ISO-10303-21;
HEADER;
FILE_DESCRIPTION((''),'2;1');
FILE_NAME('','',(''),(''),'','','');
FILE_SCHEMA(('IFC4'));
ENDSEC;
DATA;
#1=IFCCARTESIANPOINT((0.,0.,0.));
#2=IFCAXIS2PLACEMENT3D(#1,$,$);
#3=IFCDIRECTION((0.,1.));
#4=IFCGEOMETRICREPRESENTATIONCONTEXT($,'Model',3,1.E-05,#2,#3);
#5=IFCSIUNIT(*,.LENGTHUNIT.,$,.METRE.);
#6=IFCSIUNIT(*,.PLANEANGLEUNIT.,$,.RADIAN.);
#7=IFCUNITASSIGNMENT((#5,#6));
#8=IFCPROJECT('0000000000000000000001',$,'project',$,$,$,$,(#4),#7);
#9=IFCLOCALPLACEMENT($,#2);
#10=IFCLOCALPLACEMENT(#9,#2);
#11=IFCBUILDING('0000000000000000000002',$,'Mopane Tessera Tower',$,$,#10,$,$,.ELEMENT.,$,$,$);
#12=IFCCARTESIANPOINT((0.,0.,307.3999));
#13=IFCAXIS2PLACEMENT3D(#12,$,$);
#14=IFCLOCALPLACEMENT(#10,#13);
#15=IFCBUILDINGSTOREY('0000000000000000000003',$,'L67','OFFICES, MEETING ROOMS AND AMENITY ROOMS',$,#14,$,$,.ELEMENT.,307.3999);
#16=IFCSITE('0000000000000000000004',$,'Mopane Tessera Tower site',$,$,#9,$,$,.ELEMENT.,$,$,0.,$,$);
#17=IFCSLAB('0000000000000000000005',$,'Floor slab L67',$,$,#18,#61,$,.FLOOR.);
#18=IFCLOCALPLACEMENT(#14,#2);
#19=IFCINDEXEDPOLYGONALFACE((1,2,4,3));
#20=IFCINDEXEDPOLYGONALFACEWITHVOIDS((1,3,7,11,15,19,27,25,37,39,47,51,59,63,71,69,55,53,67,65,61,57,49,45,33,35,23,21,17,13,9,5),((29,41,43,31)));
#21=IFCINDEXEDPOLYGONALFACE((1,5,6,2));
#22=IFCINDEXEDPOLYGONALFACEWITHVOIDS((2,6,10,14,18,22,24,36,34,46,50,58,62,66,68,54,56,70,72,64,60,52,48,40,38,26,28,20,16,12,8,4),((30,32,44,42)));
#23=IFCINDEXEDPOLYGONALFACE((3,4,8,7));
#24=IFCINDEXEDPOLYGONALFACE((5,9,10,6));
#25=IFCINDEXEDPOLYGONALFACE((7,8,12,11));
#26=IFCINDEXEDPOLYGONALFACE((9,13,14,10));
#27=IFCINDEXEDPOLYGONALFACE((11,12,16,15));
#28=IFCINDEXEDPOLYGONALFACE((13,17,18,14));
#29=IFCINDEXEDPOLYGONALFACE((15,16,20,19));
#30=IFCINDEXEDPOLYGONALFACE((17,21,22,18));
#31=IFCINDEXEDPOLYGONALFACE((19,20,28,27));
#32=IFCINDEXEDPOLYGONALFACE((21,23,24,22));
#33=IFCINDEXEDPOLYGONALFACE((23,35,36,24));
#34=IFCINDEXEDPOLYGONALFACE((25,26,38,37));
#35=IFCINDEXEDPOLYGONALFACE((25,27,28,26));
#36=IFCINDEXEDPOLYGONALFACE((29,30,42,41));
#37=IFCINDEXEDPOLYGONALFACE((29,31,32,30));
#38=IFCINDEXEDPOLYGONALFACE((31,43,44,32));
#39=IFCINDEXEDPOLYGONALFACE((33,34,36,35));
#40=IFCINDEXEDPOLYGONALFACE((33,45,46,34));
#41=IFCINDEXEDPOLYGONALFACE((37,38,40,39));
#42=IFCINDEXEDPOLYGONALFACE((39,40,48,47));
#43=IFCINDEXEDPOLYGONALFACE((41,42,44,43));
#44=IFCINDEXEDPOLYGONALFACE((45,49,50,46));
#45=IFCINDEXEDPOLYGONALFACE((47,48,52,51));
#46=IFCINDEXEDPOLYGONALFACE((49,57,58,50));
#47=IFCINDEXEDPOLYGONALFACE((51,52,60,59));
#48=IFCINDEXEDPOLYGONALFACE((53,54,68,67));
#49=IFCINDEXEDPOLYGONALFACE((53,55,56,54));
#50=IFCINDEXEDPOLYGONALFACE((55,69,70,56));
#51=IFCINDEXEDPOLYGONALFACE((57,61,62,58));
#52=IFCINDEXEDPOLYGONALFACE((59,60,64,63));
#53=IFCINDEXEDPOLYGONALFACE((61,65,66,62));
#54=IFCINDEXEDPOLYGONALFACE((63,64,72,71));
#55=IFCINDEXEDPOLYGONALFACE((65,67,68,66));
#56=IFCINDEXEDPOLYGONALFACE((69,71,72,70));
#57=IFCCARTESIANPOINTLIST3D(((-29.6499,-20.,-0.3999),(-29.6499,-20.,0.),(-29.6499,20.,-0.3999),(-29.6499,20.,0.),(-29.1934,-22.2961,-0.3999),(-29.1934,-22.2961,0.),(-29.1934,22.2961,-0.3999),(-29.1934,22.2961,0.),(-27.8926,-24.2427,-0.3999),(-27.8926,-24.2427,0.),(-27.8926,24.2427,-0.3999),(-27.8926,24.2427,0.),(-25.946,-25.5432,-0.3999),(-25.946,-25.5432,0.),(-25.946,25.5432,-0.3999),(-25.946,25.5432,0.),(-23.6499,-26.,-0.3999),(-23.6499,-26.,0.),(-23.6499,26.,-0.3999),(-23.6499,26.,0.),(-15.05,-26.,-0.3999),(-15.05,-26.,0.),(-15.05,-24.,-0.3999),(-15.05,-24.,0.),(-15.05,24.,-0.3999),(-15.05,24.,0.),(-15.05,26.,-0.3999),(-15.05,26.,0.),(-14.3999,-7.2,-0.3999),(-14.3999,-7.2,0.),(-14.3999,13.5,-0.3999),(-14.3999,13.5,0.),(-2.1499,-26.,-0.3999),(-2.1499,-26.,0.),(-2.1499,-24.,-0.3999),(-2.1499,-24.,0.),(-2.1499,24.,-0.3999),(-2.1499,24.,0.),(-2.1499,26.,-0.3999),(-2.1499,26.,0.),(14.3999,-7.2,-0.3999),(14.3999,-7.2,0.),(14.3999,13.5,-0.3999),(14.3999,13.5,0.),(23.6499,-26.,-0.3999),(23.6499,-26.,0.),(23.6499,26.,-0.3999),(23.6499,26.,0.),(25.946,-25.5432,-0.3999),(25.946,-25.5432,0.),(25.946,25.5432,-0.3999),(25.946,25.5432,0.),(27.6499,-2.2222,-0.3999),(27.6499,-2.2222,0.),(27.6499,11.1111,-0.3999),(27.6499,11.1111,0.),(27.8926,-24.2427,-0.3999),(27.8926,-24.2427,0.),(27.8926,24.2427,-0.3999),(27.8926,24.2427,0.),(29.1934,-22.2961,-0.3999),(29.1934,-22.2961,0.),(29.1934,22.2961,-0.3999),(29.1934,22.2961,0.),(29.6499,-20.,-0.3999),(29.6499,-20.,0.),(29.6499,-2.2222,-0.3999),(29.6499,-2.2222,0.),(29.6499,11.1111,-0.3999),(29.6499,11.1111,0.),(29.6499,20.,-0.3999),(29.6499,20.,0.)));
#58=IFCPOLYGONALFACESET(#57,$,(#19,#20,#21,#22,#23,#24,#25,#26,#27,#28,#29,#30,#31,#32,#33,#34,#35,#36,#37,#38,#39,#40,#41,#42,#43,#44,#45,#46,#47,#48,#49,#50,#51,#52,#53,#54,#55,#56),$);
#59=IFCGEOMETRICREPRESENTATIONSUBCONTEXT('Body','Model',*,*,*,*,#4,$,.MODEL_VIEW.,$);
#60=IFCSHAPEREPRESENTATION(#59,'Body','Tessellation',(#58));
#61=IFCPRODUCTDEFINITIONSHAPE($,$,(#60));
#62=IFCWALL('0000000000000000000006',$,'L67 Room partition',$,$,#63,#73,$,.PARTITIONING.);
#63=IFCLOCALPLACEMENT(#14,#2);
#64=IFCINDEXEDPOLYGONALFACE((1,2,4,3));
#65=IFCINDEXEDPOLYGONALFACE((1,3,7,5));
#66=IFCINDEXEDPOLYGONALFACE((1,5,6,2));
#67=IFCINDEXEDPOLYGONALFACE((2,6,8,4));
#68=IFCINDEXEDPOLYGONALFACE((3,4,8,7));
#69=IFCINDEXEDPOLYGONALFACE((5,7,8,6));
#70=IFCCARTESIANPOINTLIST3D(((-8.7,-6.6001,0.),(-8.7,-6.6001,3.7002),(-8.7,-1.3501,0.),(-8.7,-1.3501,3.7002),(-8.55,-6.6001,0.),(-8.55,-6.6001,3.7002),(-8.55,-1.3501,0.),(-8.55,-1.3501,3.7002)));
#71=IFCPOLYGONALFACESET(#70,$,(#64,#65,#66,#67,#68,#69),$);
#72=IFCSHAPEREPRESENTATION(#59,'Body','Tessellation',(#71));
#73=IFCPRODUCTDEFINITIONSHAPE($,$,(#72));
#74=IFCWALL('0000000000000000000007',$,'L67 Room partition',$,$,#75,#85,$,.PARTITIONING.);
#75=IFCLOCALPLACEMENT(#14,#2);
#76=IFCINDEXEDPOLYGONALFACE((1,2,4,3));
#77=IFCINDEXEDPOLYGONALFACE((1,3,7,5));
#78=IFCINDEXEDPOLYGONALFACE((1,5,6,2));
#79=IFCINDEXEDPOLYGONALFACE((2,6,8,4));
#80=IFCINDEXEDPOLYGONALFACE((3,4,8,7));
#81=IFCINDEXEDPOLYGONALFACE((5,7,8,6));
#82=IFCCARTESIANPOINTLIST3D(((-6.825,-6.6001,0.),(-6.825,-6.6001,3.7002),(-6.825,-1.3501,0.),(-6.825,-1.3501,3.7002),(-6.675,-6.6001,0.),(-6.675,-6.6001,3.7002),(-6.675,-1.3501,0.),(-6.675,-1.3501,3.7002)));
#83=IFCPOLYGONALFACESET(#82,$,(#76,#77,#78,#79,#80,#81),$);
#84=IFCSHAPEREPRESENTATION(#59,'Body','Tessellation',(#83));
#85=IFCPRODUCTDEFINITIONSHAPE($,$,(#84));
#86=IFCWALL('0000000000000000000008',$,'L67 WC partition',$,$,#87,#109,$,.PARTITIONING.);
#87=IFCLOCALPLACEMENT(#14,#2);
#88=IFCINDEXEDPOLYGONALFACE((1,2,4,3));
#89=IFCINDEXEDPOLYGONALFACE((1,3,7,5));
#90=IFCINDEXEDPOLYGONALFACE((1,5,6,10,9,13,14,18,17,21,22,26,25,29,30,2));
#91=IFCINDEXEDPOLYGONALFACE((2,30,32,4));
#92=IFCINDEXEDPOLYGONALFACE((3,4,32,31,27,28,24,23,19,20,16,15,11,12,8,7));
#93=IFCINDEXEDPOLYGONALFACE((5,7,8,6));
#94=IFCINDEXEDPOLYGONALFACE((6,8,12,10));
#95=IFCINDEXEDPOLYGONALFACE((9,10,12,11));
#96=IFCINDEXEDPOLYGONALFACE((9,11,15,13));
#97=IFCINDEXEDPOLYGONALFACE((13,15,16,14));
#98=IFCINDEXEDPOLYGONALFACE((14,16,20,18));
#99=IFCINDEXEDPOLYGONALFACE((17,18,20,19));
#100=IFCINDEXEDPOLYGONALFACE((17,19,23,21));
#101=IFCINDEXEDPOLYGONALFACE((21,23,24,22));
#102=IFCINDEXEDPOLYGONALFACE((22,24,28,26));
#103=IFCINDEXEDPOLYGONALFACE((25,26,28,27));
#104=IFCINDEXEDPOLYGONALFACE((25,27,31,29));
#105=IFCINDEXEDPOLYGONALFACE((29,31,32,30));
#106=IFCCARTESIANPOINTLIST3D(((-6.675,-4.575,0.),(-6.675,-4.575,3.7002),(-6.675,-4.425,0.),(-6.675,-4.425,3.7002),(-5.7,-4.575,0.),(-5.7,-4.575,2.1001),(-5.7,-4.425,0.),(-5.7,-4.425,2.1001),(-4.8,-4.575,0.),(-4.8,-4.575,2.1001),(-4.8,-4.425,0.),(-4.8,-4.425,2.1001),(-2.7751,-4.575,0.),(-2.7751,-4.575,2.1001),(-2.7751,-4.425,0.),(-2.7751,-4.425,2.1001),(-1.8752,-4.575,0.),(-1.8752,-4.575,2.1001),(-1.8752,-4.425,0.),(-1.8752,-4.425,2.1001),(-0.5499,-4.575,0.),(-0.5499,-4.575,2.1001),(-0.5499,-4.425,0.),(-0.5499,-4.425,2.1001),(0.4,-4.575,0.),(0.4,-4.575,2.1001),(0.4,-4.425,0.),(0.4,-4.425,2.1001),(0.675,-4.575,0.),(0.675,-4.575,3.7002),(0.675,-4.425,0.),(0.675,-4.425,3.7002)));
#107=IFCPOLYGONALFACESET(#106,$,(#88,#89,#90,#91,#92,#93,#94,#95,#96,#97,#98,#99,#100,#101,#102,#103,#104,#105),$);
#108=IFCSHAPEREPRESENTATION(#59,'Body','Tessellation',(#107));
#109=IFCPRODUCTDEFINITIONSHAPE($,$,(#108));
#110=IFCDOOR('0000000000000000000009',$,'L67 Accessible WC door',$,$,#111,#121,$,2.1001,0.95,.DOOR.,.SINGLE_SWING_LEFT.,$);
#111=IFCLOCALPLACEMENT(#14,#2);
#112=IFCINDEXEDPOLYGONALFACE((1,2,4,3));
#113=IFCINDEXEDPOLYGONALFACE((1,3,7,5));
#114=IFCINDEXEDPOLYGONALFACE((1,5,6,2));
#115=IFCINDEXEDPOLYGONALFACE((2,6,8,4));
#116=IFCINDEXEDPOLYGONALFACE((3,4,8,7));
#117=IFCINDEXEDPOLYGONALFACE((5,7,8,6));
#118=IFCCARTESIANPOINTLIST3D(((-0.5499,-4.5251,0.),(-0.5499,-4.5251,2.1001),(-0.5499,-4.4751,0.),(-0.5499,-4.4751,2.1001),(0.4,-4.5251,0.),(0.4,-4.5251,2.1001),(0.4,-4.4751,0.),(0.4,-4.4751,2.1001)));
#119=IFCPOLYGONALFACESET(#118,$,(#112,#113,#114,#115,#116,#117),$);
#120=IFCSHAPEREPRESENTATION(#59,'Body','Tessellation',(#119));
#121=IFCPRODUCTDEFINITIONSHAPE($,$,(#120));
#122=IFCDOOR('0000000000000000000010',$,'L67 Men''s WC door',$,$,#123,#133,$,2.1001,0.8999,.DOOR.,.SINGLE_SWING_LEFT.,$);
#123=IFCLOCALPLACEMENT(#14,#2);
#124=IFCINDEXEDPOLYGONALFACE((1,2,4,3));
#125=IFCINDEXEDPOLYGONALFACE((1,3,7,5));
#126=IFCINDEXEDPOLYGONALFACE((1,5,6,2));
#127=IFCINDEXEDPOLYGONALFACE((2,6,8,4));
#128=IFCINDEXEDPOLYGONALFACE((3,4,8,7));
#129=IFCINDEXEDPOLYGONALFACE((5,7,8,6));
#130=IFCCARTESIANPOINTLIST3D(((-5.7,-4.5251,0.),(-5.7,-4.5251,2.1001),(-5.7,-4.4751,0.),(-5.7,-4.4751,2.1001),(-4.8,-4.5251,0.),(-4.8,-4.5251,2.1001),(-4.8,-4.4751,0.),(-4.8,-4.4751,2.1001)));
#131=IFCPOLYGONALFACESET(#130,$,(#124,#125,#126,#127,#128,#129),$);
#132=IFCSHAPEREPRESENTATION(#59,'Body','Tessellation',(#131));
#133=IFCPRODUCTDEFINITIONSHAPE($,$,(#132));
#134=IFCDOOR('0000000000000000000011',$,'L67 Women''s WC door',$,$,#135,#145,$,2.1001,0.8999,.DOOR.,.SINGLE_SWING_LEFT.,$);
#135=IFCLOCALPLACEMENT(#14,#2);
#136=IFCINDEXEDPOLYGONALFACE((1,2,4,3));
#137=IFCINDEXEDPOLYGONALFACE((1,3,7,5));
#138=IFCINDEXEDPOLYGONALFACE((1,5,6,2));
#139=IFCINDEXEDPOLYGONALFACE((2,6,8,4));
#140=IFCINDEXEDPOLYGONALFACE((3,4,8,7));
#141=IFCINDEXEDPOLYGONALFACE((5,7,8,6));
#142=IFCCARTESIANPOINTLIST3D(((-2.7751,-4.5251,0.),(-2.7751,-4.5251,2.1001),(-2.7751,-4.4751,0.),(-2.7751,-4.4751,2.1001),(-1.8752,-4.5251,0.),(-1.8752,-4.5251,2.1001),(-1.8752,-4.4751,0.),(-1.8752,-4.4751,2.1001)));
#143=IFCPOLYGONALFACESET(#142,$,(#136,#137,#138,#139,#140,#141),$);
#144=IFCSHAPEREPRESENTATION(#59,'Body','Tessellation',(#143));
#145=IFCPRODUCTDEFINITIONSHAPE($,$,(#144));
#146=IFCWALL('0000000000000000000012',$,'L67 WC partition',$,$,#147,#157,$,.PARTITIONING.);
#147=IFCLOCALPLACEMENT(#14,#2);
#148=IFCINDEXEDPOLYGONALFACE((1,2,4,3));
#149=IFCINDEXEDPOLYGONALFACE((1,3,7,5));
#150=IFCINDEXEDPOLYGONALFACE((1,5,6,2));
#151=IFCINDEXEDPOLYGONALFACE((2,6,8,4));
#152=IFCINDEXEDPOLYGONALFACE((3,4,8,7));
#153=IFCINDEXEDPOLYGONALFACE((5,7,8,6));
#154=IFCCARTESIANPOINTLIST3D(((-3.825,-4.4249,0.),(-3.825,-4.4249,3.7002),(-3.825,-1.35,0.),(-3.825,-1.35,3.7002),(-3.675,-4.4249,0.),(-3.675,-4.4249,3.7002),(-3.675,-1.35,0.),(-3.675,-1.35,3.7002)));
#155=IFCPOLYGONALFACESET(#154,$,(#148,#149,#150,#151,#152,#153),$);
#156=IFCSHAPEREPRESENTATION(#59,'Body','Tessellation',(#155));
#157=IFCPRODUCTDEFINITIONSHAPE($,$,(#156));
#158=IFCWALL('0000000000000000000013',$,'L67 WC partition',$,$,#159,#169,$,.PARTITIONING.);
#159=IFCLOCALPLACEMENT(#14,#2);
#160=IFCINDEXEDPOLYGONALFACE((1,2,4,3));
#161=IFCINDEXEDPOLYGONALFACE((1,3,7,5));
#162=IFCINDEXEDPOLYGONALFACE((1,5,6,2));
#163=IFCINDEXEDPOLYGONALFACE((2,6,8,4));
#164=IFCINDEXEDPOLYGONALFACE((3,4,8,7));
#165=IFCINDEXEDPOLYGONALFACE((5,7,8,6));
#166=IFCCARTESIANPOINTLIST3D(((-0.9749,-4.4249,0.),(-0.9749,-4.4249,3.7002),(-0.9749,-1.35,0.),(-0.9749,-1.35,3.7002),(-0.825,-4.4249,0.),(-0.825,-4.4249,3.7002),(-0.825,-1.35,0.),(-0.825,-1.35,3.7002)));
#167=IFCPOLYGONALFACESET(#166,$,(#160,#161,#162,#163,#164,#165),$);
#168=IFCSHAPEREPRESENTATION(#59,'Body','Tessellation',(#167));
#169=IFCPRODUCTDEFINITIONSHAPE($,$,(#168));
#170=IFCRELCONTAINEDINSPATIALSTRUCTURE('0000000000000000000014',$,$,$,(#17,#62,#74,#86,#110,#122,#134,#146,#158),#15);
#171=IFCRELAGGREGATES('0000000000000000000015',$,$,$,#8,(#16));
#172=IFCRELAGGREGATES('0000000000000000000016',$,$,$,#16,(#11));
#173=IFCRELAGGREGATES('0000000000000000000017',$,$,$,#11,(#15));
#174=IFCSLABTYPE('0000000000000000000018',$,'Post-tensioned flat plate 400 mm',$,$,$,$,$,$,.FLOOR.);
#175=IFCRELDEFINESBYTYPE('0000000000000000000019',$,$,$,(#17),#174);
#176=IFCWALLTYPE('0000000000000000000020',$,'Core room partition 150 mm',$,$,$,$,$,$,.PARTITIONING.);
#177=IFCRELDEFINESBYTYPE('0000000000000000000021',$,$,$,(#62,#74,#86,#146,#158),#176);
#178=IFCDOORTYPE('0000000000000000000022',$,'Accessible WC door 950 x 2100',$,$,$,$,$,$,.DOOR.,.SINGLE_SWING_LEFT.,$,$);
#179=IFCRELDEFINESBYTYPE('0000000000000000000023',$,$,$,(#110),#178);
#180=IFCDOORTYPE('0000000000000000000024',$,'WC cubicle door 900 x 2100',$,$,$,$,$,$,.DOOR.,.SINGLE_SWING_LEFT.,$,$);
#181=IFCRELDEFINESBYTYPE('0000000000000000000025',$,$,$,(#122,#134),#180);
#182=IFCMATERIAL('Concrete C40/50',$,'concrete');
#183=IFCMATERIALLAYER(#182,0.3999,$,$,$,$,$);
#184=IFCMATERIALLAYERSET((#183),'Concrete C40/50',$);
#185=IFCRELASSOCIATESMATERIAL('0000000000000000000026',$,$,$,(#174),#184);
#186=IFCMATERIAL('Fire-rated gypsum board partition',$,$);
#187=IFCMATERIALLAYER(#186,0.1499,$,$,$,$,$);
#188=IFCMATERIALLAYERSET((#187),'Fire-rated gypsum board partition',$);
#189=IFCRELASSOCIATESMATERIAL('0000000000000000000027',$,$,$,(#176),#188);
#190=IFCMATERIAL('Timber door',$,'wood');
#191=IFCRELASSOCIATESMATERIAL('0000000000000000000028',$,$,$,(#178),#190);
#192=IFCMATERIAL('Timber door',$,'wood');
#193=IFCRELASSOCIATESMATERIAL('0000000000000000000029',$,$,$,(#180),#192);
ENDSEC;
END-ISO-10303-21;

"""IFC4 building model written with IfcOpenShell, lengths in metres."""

from ifc_helpers import new_model, si_unit, direction, frame, frame_2d, origin, place, context, subcontext, project, spatial, polyline, rectangle, outline, extrude, material, layer, layer_set, type_object, element, fill, save


model = new_model("IFC4")

# Units and contexts
model_context = context("Model", 3, precision=1e-05, world=origin(), true_north=direction((0.0, 1.0)))
body_context = subcontext(model_context, "Body", "Model", "MODEL_VIEW")
ifc_project = project(units=[si_unit("LENGTHUNIT", "METRE"), si_unit("PLANEANGLEUNIT", "RADIAN")], contexts=[model_context])

# Site, building, storey
site_placement = place(None, origin())
site = spatial("IfcSite", under=ifc_project, at=site_placement, Name="Mopane Tessera Tower site", CompositionType="ELEMENT", RefElevation=0.0)
building_placement = place(site_placement, origin())
building = spatial("IfcBuilding", under=site, at=building_placement, Name="Mopane Tessera Tower", CompositionType="ELEMENT")
storey_placement = place(building_placement, frame((0.0, 0.0, 307.3999)))
storey = spatial("IfcBuildingStorey", under=building, at=storey_placement, Name="L67", Description="OFFICES, MEETING ROOMS AND AMENITY ROOMS", CompositionType="ELEMENT", Elevation=307.3999)

# Slab
ifc_material_1 = material(Name="Concrete C40/50", Category="concrete")
ifc_layer_1 = layer(ifc_material_1, 0.3999)
ifc_layer_set_1 = layer_set([ifc_layer_1], Name="Concrete C40/50")
slab_type = type_object("IfcSlabType", Name="Post-tensioned flat plate 400 mm", PredefinedType="FLOOR", material=ifc_layer_set_1)
slab_placement = place(storey_placement, frame((0.0, 0.0, -0.3999)))
element("IfcSlab", 1, at=slab_placement, inside=storey, type_object=slab_type, Name="Floor slab L67", PredefinedType="FLOOR", context=body_context, shape_type="SweptSolid", body=[
    extrude(outline(polyline([(-23.6499, -26.0), (-15.05, -26.0), (-15.05, -24.0), (-2.1499, -24.0), (-2.1499, -26.0), (23.6499, -26.0), (25.946, -25.5432), (27.8926, -24.2427), (29.1934, -22.2961), (29.6499, -20.0), (29.6499, -2.2222), (27.6499, -2.2222), (27.6499, 11.1111), (29.6499, 11.1111), (29.6499, 20.0), (29.1934, 22.2961), (27.8926, 24.2427), (25.946, 25.5432), (23.6499, 26.0), (-2.1499, 26.0), (-2.1499, 24.0), (-15.05, 24.0), (-15.05, 26.0), (-23.6499, 26.0), (-25.946, 25.5432), (-27.8926, 24.2427), (-29.1934, 22.2961), (-29.6499, 20.0), (-29.6499, -20.0), (-29.1934, -22.2961), (-27.8926, -24.2427), (-25.946, -25.5432), (-23.6499, -26.0)]), holes=[polyline([(14.3999, -7.2), (-14.3999, -7.2), (-14.3999, 13.5), (14.3999, 13.5), (14.3999, -7.2)])]), origin(), (0.0, 0.0, 1.0), 0.3999),
])

# Walls
ifc_material_2 = material(Name="Fire-rated gypsum board partition")
ifc_layer_2 = layer(ifc_material_2, 0.1499)
ifc_layer_set_2 = layer_set([ifc_layer_2], Name="Fire-rated gypsum board partition")
wall_type_1 = type_object("IfcWallType", Name="Core room partition 150 mm", PredefinedType="PARTITIONING", material=ifc_layer_set_2)
for number, where, z_axis, x_axis, name in (
    (2, (-8.625, -6.6001, 0.0), (0.0, 0.0, 1.0), (0.0, 1.0, 0.0), "L67 Room partition"),
    (3, (-6.75, -6.6001, 0.0), (0.0, 0.0, 1.0), (0.0, 1.0, 0.0), "L67 Room partition"),
):
    element("IfcWall", number, at=place(storey_placement, frame(where, z_axis=z_axis, x_axis=x_axis)), inside=storey, type_object=wall_type_1, Name=name, PredefinedType="PARTITIONING", context=body_context, shape_type="SweptSolid", body=[
        extrude(rectangle(XDim=5.25, YDim=0.1499, at=frame_2d((2.625, 0.0))), origin(), (0.0, 0.0, 1.0), 3.7002),
    ])

# Wall, openings, doors
wall_1_placement = place(storey_placement, frame((-6.675, -4.5, 0.0), z_axis=(0.0, 0.0, 1.0), x_axis=(1.0, 0.0, 0.0)))
wall_1 = element("IfcWall", 4, at=wall_1_placement, inside=storey, type_object=wall_type_1, Name="L67 WC partition", PredefinedType="PARTITIONING", context=body_context, shape_type="SweptSolid", body=[
    extrude(rectangle(XDim=7.3501, YDim=0.1499, at=frame_2d((3.675, 0.0))), origin(), (0.0, 0.0, 1.0), 3.7002),
])
opening_1_placement = place(wall_1_placement, frame((0.9751, 0.0, 0.0)))
opening_1 = element("IfcOpeningElement", 5, at=opening_1_placement, cuts=wall_1, PredefinedType="OPENING", context=body_context, shape_type="SweptSolid", body=[
    extrude(rectangle(XDim=0.8999, YDim=2.1001, at=frame_2d((0.45, 1.05))), frame((0.0, 0.0869, 0.0), z_axis=(0.0, -1.0, 0.0), x_axis=(1.0, 0.0, 0.0)), (0.0, 0.0, 1.0), 0.1738),
])
opening_2_placement = place(wall_1_placement, frame((3.8999, 0.0, 0.0)))
opening_2 = element("IfcOpeningElement", 6, at=opening_2_placement, cuts=wall_1, PredefinedType="OPENING", context=body_context, shape_type="SweptSolid", body=[
    extrude(rectangle(XDim=0.8999, YDim=2.1001, at=frame_2d((0.45, 1.05))), frame((0.0, 0.0869, 0.0), z_axis=(0.0, -1.0, 0.0), x_axis=(1.0, 0.0, 0.0)), (0.0, 0.0, 1.0), 0.1738),
])
opening_3_placement = place(wall_1_placement, frame((6.125, 0.0, 0.0)))
opening_3 = element("IfcOpeningElement", 7, at=opening_3_placement, cuts=wall_1, PredefinedType="OPENING", context=body_context, shape_type="SweptSolid", body=[
    extrude(rectangle(XDim=0.95, YDim=2.1001, at=frame_2d((0.4751, 1.05))), frame((0.0, 0.0869, 0.0), z_axis=(0.0, -1.0, 0.0), x_axis=(1.0, 0.0, 0.0)), (0.0, 0.0, 1.0), 0.1738),
])
ifc_material_3 = material(Name="Timber door", Category="wood")
door_type_1 = type_object("IfcDoorType", Name="Accessible WC door 950 x 2100", OperationType="SINGLE_SWING_LEFT", PredefinedType="DOOR", material=ifc_material_3)
door_1_placement = place(opening_3_placement, origin())
door_1 = element("IfcDoor", 8, at=door_1_placement, inside=storey, type_object=door_type_1, Name="L67 Accessible WC door", OperationType="SINGLE_SWING_LEFT", OverallHeight=2.1001, OverallWidth=0.95, PredefinedType="DOOR", context=body_context, shape_type="SweptSolid", body=[
    extrude(rectangle(XDim=0.95, YDim=2.1001, at=frame_2d((0.4751, 1.05))), frame((0.0, 0.0249, 0.0), z_axis=(0.0, -1.0, 0.0), x_axis=(1.0, 0.0, 0.0)), (0.0, 0.0, 1.0), 0.05),
])
fill(opening_3, door_1)
ifc_material_4 = material(Name="Timber door", Category="wood")
door_type_2 = type_object("IfcDoorType", Name="WC cubicle door 900 x 2100", OperationType="SINGLE_SWING_LEFT", PredefinedType="DOOR", material=ifc_material_4)
door_2_placement = place(opening_1_placement, origin())
door_2 = element("IfcDoor", 9, at=door_2_placement, inside=storey, type_object=door_type_2, Name="L67 Men's WC door", OperationType="SINGLE_SWING_LEFT", OverallHeight=2.1001, OverallWidth=0.8999, PredefinedType="DOOR", context=body_context, shape_type="SweptSolid", body=[
    extrude(rectangle(XDim=0.8999, YDim=2.1001, at=frame_2d((0.45, 1.05))), frame((0.0, 0.0249, 0.0), z_axis=(0.0, -1.0, 0.0), x_axis=(1.0, 0.0, 0.0)), (0.0, 0.0, 1.0), 0.05),
])
fill(opening_1, door_2)
door_3_placement = place(opening_2_placement, origin())
door_3 = element("IfcDoor", 10, at=door_3_placement, inside=storey, type_object=door_type_2, Name="L67 Women's WC door", OperationType="SINGLE_SWING_LEFT", OverallHeight=2.1001, OverallWidth=0.8999, PredefinedType="DOOR", context=body_context, shape_type="SweptSolid", body=[
    extrude(rectangle(XDim=0.8999, YDim=2.1001, at=frame_2d((0.45, 1.05))), frame((0.0, 0.0249, 0.0), z_axis=(0.0, -1.0, 0.0), x_axis=(1.0, 0.0, 0.0)), (0.0, 0.0, 1.0), 0.05),
])
fill(opening_2, door_3)

# Walls
for number, where, z_axis, x_axis, name in (
    (11, (-3.75, -4.425, 0.0), (0.0, 0.0, 1.0), (0.0, 1.0, 0.0), "L67 WC partition"),
    (12, (-0.8999, -4.425, 0.0), (0.0, 0.0, 1.0), (0.0, 1.0, 0.0), "L67 WC partition"),
):
    element("IfcWall", number, at=place(storey_placement, frame(where, z_axis=z_axis, x_axis=x_axis)), inside=storey, type_object=wall_type_1, Name=name, PredefinedType="PARTITIONING", context=body_context, shape_type="SweptSolid", body=[
        extrude(rectangle(XDim=3.075, YDim=0.1499, at=frame_2d((1.5376, 0.0))), origin(), (0.0, 0.0, 1.0), 3.7002),
    ])

save(model, "model.ifc")
